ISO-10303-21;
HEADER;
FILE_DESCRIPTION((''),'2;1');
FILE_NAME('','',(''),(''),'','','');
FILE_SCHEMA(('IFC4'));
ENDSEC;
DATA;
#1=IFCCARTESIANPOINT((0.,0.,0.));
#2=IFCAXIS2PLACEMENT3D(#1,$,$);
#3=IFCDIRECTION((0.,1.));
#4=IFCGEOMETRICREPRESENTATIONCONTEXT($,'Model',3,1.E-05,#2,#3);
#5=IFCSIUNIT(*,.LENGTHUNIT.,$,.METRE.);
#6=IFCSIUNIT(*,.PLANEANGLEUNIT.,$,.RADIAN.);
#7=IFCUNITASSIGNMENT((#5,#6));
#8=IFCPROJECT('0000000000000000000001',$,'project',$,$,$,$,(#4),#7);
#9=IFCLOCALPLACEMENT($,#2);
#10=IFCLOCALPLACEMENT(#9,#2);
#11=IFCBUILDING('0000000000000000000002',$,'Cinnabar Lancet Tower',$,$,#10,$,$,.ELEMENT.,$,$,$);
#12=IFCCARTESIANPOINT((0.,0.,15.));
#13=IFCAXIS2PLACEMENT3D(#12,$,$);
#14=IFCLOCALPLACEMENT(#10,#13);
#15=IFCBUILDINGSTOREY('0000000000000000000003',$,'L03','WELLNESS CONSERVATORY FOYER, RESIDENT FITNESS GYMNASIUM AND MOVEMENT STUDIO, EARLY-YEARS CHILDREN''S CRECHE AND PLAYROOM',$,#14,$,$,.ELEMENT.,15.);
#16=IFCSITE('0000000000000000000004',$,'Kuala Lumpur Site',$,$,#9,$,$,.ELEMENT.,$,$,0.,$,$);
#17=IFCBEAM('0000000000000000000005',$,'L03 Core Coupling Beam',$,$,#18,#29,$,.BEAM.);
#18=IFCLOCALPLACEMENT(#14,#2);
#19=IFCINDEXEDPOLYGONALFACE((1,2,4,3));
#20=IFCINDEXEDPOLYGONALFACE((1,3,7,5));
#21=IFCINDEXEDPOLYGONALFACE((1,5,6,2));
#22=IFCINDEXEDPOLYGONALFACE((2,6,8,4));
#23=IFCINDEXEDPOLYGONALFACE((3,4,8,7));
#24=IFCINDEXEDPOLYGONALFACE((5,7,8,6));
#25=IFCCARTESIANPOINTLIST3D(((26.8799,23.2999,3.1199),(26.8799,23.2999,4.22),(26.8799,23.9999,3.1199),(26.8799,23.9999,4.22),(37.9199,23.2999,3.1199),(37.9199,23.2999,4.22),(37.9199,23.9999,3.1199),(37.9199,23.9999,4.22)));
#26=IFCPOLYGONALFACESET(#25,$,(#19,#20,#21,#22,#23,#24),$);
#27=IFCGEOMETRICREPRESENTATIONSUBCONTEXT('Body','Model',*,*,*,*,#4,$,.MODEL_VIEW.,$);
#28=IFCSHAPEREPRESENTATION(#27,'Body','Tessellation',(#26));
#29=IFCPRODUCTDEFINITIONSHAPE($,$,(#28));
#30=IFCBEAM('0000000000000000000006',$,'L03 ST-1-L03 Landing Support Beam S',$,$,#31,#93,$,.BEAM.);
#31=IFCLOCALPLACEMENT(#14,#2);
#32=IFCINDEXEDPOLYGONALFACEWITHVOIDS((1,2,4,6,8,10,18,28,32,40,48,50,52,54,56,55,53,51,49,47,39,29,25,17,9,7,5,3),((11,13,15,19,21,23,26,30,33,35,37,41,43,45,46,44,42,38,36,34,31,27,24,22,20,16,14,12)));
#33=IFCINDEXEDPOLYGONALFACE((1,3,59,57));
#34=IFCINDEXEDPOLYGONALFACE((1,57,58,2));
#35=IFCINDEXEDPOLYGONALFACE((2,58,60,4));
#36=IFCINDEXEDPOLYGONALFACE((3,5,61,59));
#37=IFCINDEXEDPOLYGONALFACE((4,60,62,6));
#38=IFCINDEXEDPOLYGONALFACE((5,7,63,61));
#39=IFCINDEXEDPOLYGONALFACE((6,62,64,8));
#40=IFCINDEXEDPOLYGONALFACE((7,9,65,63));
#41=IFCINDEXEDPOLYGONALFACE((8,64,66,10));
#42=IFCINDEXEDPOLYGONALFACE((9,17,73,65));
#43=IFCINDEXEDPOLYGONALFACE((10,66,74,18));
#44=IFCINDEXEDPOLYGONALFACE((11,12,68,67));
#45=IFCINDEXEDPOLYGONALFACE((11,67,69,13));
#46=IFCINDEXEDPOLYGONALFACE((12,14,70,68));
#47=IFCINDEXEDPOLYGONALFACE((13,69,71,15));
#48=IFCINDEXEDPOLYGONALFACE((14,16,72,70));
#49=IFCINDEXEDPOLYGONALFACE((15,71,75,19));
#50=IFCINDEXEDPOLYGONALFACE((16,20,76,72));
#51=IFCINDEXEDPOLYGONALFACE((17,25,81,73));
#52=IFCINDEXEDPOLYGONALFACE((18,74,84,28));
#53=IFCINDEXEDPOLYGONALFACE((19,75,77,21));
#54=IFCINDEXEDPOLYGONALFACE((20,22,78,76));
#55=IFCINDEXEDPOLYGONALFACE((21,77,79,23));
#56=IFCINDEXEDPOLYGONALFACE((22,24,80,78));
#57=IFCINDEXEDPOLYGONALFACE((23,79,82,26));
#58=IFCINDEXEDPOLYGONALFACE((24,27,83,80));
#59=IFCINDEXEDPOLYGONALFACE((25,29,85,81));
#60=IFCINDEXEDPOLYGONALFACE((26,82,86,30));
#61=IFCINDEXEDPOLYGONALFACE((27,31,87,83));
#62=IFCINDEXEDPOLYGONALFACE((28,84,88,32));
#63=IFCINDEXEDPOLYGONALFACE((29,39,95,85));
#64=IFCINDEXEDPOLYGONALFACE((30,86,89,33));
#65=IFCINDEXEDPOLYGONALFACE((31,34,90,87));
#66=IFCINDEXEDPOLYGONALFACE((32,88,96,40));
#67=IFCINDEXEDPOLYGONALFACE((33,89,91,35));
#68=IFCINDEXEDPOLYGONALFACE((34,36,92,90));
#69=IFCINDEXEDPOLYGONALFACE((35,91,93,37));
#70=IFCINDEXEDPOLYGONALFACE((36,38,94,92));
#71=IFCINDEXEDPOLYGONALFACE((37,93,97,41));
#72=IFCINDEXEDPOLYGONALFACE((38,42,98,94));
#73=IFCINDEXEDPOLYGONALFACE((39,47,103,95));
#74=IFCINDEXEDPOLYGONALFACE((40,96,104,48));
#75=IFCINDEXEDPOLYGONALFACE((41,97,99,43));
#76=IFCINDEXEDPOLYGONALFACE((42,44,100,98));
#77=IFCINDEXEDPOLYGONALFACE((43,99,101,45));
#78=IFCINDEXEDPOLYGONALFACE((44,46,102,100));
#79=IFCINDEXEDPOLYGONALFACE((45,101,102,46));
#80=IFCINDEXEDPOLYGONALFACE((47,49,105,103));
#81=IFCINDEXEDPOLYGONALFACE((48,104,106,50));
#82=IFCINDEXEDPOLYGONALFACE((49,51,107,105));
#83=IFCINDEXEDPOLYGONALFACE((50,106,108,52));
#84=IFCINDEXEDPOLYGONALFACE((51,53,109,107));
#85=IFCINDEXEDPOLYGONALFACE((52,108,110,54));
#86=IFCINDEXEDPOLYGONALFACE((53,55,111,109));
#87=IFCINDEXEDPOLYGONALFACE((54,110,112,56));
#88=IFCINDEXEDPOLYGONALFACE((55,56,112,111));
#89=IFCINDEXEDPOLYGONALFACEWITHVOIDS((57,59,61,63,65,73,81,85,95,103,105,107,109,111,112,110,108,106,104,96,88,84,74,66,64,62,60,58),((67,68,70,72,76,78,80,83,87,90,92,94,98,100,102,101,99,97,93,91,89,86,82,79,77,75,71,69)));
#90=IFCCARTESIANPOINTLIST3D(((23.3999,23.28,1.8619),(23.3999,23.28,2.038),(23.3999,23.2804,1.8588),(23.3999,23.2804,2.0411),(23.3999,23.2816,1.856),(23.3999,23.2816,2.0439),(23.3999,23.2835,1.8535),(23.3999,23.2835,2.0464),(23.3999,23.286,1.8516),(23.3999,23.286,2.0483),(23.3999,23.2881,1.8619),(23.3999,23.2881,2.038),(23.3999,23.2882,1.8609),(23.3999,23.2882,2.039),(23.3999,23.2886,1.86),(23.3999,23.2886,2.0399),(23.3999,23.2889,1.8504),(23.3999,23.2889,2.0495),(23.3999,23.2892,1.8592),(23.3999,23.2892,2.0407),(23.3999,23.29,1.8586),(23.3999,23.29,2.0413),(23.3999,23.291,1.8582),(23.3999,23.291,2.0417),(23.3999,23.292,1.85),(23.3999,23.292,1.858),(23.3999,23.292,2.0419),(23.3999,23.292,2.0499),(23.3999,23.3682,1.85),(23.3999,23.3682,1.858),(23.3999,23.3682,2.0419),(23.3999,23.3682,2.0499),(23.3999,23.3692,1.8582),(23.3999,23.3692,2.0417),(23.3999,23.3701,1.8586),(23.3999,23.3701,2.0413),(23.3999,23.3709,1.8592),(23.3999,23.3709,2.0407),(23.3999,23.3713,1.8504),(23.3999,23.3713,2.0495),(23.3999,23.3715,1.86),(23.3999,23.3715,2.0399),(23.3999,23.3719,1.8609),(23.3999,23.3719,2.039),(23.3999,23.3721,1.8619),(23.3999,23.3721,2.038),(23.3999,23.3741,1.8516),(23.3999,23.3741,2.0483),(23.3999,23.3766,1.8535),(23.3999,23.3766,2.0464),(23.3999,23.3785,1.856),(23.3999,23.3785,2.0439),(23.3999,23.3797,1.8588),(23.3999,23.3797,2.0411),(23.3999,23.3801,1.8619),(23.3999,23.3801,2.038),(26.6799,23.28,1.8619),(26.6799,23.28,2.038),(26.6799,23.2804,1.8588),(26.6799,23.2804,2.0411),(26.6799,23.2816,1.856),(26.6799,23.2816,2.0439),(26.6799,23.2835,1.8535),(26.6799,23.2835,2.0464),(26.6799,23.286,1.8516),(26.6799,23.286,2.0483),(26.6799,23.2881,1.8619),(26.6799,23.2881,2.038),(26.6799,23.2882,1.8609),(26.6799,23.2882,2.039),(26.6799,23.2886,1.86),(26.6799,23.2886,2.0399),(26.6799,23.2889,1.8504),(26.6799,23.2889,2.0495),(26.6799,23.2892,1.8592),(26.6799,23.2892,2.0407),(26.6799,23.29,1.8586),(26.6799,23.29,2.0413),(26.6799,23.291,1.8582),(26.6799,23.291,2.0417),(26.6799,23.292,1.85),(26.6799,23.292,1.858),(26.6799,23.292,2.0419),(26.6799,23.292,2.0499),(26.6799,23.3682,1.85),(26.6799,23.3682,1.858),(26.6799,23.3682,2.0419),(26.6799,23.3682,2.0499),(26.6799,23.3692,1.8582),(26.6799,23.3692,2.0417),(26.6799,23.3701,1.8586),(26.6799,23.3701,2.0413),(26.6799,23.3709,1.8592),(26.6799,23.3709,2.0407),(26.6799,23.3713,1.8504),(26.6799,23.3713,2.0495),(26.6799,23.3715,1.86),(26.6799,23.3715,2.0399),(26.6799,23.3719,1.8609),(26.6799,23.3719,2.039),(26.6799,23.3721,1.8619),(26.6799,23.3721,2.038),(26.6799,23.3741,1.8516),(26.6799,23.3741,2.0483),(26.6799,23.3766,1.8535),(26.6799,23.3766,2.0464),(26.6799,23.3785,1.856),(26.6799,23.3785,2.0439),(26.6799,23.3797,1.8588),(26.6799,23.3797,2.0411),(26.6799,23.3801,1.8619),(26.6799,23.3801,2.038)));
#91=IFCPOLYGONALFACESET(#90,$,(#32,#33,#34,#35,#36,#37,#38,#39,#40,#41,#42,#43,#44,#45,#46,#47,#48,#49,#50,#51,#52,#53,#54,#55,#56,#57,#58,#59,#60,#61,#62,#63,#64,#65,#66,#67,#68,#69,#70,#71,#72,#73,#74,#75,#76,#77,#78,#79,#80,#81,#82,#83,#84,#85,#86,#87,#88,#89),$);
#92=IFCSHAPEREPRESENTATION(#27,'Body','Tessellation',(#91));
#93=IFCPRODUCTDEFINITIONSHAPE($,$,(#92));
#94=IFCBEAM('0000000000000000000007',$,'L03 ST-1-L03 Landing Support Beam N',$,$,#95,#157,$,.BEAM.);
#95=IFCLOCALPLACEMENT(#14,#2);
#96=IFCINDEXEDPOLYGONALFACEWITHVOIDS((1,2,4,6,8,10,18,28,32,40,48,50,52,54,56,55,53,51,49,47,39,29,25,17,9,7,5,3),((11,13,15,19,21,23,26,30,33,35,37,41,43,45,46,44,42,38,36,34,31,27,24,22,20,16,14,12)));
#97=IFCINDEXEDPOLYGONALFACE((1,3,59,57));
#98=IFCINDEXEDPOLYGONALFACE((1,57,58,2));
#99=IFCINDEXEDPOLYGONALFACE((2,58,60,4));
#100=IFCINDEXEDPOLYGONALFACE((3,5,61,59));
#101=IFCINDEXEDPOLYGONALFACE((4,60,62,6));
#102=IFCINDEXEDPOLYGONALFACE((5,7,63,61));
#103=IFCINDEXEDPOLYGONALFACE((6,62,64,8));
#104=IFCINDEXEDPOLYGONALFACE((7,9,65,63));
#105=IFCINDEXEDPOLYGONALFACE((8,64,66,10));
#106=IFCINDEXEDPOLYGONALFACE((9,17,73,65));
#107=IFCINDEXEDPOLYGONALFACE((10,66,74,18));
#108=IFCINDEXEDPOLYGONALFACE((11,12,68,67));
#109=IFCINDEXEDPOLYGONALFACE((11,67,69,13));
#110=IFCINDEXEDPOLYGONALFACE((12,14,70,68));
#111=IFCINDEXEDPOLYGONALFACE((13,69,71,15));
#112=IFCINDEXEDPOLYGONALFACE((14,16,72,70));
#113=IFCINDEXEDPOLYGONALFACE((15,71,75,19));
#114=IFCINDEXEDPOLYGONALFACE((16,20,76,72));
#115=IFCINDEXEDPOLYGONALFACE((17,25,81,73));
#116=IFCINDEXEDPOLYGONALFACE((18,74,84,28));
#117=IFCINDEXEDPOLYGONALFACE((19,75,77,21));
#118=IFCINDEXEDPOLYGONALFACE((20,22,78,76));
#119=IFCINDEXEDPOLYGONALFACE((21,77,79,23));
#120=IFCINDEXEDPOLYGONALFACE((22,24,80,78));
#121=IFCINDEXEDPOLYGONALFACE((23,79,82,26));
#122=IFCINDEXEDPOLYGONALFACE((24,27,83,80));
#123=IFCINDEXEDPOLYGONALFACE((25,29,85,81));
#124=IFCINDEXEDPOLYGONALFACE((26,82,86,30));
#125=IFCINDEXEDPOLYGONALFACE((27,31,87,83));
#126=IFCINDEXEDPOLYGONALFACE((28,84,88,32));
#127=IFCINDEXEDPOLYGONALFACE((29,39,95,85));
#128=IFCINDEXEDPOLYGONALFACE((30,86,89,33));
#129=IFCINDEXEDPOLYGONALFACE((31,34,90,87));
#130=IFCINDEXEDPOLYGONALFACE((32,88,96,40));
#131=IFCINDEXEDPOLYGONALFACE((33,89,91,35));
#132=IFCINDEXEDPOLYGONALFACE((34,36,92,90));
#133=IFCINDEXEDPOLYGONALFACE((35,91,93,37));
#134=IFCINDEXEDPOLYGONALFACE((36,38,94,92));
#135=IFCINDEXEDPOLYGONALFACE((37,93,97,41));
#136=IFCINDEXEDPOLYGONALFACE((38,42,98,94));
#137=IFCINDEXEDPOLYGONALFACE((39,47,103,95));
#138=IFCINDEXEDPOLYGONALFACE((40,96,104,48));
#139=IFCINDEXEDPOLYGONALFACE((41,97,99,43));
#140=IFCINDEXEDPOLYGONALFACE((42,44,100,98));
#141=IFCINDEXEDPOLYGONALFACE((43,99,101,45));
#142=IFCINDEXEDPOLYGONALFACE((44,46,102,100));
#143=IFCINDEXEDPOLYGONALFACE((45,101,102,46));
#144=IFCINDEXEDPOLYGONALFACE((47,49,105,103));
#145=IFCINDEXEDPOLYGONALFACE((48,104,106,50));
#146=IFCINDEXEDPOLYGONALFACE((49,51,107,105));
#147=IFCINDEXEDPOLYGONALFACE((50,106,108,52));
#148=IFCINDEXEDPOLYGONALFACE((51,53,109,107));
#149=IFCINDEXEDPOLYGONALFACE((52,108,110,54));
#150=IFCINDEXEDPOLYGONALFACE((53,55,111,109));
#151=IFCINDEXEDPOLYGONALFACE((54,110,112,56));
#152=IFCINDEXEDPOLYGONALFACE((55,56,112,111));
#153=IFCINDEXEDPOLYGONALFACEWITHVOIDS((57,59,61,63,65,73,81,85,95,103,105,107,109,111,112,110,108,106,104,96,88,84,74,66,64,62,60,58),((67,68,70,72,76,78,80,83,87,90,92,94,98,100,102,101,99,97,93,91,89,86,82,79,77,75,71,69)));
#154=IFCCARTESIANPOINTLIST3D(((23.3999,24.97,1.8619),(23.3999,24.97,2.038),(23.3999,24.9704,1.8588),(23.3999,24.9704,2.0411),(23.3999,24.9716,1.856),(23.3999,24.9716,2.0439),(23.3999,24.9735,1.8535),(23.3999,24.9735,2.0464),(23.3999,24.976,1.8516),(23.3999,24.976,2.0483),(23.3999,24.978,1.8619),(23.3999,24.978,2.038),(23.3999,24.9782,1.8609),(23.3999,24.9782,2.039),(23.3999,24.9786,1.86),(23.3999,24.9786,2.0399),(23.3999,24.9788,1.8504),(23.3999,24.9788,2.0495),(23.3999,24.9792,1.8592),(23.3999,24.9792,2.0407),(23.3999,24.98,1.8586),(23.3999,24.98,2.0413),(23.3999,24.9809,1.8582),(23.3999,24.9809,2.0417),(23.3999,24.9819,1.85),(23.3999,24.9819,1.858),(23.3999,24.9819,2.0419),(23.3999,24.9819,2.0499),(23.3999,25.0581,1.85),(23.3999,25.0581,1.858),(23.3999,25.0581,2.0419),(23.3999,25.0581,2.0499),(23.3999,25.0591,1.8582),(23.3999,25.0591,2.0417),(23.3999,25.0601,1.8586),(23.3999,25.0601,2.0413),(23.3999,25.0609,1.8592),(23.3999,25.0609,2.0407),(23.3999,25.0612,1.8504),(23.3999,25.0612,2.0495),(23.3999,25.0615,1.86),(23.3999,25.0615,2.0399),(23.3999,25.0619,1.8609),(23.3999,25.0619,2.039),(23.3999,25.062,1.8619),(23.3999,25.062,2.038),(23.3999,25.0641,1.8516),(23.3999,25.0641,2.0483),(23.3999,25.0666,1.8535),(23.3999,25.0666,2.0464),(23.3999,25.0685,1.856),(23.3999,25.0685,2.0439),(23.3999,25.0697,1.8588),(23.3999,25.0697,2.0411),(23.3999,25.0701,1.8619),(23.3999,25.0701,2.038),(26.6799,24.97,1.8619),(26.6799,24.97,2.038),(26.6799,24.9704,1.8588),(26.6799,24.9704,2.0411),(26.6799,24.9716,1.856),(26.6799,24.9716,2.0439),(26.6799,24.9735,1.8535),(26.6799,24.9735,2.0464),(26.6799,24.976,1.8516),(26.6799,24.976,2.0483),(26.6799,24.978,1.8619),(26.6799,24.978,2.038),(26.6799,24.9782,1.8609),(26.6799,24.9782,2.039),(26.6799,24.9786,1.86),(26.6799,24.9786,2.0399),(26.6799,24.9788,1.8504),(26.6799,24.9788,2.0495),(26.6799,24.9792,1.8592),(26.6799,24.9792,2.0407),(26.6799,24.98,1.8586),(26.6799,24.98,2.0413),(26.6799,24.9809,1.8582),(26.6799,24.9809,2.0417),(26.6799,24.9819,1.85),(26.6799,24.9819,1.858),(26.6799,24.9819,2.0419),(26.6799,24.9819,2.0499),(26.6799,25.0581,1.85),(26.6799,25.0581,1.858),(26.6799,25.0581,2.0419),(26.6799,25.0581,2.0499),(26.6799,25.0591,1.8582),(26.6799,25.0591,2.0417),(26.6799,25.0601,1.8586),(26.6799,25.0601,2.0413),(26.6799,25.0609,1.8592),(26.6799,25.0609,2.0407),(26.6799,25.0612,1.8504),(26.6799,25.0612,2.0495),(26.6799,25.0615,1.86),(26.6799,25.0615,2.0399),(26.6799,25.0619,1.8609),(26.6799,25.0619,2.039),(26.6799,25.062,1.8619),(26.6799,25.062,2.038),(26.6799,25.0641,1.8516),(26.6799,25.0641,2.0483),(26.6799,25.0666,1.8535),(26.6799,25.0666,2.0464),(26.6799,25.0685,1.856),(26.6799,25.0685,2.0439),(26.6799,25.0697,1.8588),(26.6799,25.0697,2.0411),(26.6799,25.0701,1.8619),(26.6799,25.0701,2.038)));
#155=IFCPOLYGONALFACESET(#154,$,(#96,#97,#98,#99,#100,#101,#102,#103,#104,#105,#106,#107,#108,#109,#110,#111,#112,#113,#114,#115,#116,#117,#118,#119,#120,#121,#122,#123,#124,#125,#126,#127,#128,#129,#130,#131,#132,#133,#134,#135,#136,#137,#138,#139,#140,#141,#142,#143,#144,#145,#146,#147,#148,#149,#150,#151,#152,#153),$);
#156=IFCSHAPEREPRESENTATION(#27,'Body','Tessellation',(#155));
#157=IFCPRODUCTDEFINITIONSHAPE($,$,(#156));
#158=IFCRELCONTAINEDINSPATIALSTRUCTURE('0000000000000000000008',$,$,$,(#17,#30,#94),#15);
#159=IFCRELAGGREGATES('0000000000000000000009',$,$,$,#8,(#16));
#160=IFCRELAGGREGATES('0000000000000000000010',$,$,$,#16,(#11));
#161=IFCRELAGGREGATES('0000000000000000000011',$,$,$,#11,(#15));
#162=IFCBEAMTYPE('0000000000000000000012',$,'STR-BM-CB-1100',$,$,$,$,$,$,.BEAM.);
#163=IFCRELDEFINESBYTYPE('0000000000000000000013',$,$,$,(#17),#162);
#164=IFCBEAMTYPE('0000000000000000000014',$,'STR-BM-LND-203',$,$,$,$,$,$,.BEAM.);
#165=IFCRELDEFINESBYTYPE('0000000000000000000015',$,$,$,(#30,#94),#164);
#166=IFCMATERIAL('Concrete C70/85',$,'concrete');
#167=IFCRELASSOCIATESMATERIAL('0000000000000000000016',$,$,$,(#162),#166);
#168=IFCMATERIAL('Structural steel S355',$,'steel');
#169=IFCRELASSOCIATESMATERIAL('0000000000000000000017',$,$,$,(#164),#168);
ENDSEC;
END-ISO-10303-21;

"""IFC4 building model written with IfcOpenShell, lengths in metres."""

from ifc_helpers import new_model, si_unit, direction, frame, origin, origin_2d, place, context, subcontext, project, spatial, rectangle, hollow_rectangle, extrude, material, material_profile, profile_set, type_object, element, save


model = new_model("IFC4")

# Units and contexts
model_context = context("Model", 3, precision=1e-05, world=origin(), true_north=direction((0.0, 1.0)))
body_context = subcontext(model_context, "Body", "Model", "MODEL_VIEW")
ifc_project = project(units=[si_unit("LENGTHUNIT", "METRE"), si_unit("PLANEANGLEUNIT", "RADIAN")], contexts=[model_context])

# Site, building, storey
site_placement = place(None, origin())
site = spatial("IfcSite", under=ifc_project, at=site_placement, Name="Kuala Lumpur Site", CompositionType="ELEMENT", RefElevation=0.0)
building_placement = place(site_placement, origin())
building = spatial("IfcBuilding", under=site, at=building_placement, Name="Cinnabar Lancet Tower", CompositionType="ELEMENT")
storey_placement = place(building_placement, frame((0.0, 0.0, 15.0)))
storey = spatial("IfcBuildingStorey", under=building, at=storey_placement, Name="L03", Description="WELLNESS CONSERVATORY FOYER, RESIDENT FITNESS GYMNASIUM AND MOVEMENT STUDIO, EARLY-YEARS CHILDREN'S CRECHE AND PLAYROOM", CompositionType="ELEMENT", Elevation=15.0)

# Beams
ifc_material_1 = material(Name="Concrete C70/85", Category="concrete")
ifc_material_profile_1 = material_profile(ifc_material_1, rectangle(XDim=0.7, YDim=1.1001, at=origin_2d()), Name="RC-CB 700x1100")
ifc_profile_set_1 = profile_set([ifc_material_profile_1], Name="Concrete C70/85")
beam_type_1 = type_object("IfcBeamType", Name="STR-BM-CB-1100", PredefinedType="BEAM", material=ifc_profile_set_1)
beam_1_placement = place(storey_placement, frame((26.8799, 23.6499, 3.6699), z_axis=(1.0, 0.0, 0.0), x_axis=(0.0, 1.0, 0.0)))
element("IfcBeam", 1, at=beam_1_placement, inside=storey, type_object=beam_type_1, Name="L03 Core Coupling Beam", PredefinedType="BEAM", context=body_context, shape_type="SweptSolid", body=[
    extrude(rectangle(XDim=0.7, YDim=1.1001, at=origin_2d()), origin(), (0.0, 0.0, 1.0), 11.04),
])
ifc_material_2 = material(Name="Structural steel S355", Category="steel")
ifc_material_profile_2 = material_profile(ifc_material_2, hollow_rectangle(XDim=0.1001, YDim=0.2, WallThickness=0.0081, InnerFilletRadius=0.0039, OuterFilletRadius=0.012, at=origin_2d()), Name="RHS 200x100x8")
ifc_profile_set_2 = profile_set([ifc_material_profile_2], Name="Structural steel S355")
beam_type_2 = type_object("IfcBeamType", Name="STR-BM-LND-203", PredefinedType="BEAM", material=ifc_profile_set_2)
for number, where, z_axis, x_axis, name in (
    (2, (23.3999, 23.3301, 1.95), (1.0, 0.0, 0.0), (0.0, 1.0, 0.0), "L03 ST-1-L03 Landing Support Beam S"),
    (3, (23.3999, 25.02, 1.95), (1.0, 0.0, 0.0), (0.0, 1.0, 0.0), "L03 ST-1-L03 Landing Support Beam N"),
):
    element("IfcBeam", number, at=place(storey_placement, frame(where, z_axis=z_axis, x_axis=x_axis)), inside=storey, type_object=beam_type_2, Name=name, PredefinedType="BEAM", context=body_context, shape_type="SweptSolid", body=[
        extrude(hollow_rectangle(XDim=0.1001, YDim=0.2, WallThickness=0.0081, InnerFilletRadius=0.0039, OuterFilletRadius=0.012, at=origin_2d()), origin(), (0.0, 0.0, 1.0), 3.28),
    ])

save(model, "model.ifc")
